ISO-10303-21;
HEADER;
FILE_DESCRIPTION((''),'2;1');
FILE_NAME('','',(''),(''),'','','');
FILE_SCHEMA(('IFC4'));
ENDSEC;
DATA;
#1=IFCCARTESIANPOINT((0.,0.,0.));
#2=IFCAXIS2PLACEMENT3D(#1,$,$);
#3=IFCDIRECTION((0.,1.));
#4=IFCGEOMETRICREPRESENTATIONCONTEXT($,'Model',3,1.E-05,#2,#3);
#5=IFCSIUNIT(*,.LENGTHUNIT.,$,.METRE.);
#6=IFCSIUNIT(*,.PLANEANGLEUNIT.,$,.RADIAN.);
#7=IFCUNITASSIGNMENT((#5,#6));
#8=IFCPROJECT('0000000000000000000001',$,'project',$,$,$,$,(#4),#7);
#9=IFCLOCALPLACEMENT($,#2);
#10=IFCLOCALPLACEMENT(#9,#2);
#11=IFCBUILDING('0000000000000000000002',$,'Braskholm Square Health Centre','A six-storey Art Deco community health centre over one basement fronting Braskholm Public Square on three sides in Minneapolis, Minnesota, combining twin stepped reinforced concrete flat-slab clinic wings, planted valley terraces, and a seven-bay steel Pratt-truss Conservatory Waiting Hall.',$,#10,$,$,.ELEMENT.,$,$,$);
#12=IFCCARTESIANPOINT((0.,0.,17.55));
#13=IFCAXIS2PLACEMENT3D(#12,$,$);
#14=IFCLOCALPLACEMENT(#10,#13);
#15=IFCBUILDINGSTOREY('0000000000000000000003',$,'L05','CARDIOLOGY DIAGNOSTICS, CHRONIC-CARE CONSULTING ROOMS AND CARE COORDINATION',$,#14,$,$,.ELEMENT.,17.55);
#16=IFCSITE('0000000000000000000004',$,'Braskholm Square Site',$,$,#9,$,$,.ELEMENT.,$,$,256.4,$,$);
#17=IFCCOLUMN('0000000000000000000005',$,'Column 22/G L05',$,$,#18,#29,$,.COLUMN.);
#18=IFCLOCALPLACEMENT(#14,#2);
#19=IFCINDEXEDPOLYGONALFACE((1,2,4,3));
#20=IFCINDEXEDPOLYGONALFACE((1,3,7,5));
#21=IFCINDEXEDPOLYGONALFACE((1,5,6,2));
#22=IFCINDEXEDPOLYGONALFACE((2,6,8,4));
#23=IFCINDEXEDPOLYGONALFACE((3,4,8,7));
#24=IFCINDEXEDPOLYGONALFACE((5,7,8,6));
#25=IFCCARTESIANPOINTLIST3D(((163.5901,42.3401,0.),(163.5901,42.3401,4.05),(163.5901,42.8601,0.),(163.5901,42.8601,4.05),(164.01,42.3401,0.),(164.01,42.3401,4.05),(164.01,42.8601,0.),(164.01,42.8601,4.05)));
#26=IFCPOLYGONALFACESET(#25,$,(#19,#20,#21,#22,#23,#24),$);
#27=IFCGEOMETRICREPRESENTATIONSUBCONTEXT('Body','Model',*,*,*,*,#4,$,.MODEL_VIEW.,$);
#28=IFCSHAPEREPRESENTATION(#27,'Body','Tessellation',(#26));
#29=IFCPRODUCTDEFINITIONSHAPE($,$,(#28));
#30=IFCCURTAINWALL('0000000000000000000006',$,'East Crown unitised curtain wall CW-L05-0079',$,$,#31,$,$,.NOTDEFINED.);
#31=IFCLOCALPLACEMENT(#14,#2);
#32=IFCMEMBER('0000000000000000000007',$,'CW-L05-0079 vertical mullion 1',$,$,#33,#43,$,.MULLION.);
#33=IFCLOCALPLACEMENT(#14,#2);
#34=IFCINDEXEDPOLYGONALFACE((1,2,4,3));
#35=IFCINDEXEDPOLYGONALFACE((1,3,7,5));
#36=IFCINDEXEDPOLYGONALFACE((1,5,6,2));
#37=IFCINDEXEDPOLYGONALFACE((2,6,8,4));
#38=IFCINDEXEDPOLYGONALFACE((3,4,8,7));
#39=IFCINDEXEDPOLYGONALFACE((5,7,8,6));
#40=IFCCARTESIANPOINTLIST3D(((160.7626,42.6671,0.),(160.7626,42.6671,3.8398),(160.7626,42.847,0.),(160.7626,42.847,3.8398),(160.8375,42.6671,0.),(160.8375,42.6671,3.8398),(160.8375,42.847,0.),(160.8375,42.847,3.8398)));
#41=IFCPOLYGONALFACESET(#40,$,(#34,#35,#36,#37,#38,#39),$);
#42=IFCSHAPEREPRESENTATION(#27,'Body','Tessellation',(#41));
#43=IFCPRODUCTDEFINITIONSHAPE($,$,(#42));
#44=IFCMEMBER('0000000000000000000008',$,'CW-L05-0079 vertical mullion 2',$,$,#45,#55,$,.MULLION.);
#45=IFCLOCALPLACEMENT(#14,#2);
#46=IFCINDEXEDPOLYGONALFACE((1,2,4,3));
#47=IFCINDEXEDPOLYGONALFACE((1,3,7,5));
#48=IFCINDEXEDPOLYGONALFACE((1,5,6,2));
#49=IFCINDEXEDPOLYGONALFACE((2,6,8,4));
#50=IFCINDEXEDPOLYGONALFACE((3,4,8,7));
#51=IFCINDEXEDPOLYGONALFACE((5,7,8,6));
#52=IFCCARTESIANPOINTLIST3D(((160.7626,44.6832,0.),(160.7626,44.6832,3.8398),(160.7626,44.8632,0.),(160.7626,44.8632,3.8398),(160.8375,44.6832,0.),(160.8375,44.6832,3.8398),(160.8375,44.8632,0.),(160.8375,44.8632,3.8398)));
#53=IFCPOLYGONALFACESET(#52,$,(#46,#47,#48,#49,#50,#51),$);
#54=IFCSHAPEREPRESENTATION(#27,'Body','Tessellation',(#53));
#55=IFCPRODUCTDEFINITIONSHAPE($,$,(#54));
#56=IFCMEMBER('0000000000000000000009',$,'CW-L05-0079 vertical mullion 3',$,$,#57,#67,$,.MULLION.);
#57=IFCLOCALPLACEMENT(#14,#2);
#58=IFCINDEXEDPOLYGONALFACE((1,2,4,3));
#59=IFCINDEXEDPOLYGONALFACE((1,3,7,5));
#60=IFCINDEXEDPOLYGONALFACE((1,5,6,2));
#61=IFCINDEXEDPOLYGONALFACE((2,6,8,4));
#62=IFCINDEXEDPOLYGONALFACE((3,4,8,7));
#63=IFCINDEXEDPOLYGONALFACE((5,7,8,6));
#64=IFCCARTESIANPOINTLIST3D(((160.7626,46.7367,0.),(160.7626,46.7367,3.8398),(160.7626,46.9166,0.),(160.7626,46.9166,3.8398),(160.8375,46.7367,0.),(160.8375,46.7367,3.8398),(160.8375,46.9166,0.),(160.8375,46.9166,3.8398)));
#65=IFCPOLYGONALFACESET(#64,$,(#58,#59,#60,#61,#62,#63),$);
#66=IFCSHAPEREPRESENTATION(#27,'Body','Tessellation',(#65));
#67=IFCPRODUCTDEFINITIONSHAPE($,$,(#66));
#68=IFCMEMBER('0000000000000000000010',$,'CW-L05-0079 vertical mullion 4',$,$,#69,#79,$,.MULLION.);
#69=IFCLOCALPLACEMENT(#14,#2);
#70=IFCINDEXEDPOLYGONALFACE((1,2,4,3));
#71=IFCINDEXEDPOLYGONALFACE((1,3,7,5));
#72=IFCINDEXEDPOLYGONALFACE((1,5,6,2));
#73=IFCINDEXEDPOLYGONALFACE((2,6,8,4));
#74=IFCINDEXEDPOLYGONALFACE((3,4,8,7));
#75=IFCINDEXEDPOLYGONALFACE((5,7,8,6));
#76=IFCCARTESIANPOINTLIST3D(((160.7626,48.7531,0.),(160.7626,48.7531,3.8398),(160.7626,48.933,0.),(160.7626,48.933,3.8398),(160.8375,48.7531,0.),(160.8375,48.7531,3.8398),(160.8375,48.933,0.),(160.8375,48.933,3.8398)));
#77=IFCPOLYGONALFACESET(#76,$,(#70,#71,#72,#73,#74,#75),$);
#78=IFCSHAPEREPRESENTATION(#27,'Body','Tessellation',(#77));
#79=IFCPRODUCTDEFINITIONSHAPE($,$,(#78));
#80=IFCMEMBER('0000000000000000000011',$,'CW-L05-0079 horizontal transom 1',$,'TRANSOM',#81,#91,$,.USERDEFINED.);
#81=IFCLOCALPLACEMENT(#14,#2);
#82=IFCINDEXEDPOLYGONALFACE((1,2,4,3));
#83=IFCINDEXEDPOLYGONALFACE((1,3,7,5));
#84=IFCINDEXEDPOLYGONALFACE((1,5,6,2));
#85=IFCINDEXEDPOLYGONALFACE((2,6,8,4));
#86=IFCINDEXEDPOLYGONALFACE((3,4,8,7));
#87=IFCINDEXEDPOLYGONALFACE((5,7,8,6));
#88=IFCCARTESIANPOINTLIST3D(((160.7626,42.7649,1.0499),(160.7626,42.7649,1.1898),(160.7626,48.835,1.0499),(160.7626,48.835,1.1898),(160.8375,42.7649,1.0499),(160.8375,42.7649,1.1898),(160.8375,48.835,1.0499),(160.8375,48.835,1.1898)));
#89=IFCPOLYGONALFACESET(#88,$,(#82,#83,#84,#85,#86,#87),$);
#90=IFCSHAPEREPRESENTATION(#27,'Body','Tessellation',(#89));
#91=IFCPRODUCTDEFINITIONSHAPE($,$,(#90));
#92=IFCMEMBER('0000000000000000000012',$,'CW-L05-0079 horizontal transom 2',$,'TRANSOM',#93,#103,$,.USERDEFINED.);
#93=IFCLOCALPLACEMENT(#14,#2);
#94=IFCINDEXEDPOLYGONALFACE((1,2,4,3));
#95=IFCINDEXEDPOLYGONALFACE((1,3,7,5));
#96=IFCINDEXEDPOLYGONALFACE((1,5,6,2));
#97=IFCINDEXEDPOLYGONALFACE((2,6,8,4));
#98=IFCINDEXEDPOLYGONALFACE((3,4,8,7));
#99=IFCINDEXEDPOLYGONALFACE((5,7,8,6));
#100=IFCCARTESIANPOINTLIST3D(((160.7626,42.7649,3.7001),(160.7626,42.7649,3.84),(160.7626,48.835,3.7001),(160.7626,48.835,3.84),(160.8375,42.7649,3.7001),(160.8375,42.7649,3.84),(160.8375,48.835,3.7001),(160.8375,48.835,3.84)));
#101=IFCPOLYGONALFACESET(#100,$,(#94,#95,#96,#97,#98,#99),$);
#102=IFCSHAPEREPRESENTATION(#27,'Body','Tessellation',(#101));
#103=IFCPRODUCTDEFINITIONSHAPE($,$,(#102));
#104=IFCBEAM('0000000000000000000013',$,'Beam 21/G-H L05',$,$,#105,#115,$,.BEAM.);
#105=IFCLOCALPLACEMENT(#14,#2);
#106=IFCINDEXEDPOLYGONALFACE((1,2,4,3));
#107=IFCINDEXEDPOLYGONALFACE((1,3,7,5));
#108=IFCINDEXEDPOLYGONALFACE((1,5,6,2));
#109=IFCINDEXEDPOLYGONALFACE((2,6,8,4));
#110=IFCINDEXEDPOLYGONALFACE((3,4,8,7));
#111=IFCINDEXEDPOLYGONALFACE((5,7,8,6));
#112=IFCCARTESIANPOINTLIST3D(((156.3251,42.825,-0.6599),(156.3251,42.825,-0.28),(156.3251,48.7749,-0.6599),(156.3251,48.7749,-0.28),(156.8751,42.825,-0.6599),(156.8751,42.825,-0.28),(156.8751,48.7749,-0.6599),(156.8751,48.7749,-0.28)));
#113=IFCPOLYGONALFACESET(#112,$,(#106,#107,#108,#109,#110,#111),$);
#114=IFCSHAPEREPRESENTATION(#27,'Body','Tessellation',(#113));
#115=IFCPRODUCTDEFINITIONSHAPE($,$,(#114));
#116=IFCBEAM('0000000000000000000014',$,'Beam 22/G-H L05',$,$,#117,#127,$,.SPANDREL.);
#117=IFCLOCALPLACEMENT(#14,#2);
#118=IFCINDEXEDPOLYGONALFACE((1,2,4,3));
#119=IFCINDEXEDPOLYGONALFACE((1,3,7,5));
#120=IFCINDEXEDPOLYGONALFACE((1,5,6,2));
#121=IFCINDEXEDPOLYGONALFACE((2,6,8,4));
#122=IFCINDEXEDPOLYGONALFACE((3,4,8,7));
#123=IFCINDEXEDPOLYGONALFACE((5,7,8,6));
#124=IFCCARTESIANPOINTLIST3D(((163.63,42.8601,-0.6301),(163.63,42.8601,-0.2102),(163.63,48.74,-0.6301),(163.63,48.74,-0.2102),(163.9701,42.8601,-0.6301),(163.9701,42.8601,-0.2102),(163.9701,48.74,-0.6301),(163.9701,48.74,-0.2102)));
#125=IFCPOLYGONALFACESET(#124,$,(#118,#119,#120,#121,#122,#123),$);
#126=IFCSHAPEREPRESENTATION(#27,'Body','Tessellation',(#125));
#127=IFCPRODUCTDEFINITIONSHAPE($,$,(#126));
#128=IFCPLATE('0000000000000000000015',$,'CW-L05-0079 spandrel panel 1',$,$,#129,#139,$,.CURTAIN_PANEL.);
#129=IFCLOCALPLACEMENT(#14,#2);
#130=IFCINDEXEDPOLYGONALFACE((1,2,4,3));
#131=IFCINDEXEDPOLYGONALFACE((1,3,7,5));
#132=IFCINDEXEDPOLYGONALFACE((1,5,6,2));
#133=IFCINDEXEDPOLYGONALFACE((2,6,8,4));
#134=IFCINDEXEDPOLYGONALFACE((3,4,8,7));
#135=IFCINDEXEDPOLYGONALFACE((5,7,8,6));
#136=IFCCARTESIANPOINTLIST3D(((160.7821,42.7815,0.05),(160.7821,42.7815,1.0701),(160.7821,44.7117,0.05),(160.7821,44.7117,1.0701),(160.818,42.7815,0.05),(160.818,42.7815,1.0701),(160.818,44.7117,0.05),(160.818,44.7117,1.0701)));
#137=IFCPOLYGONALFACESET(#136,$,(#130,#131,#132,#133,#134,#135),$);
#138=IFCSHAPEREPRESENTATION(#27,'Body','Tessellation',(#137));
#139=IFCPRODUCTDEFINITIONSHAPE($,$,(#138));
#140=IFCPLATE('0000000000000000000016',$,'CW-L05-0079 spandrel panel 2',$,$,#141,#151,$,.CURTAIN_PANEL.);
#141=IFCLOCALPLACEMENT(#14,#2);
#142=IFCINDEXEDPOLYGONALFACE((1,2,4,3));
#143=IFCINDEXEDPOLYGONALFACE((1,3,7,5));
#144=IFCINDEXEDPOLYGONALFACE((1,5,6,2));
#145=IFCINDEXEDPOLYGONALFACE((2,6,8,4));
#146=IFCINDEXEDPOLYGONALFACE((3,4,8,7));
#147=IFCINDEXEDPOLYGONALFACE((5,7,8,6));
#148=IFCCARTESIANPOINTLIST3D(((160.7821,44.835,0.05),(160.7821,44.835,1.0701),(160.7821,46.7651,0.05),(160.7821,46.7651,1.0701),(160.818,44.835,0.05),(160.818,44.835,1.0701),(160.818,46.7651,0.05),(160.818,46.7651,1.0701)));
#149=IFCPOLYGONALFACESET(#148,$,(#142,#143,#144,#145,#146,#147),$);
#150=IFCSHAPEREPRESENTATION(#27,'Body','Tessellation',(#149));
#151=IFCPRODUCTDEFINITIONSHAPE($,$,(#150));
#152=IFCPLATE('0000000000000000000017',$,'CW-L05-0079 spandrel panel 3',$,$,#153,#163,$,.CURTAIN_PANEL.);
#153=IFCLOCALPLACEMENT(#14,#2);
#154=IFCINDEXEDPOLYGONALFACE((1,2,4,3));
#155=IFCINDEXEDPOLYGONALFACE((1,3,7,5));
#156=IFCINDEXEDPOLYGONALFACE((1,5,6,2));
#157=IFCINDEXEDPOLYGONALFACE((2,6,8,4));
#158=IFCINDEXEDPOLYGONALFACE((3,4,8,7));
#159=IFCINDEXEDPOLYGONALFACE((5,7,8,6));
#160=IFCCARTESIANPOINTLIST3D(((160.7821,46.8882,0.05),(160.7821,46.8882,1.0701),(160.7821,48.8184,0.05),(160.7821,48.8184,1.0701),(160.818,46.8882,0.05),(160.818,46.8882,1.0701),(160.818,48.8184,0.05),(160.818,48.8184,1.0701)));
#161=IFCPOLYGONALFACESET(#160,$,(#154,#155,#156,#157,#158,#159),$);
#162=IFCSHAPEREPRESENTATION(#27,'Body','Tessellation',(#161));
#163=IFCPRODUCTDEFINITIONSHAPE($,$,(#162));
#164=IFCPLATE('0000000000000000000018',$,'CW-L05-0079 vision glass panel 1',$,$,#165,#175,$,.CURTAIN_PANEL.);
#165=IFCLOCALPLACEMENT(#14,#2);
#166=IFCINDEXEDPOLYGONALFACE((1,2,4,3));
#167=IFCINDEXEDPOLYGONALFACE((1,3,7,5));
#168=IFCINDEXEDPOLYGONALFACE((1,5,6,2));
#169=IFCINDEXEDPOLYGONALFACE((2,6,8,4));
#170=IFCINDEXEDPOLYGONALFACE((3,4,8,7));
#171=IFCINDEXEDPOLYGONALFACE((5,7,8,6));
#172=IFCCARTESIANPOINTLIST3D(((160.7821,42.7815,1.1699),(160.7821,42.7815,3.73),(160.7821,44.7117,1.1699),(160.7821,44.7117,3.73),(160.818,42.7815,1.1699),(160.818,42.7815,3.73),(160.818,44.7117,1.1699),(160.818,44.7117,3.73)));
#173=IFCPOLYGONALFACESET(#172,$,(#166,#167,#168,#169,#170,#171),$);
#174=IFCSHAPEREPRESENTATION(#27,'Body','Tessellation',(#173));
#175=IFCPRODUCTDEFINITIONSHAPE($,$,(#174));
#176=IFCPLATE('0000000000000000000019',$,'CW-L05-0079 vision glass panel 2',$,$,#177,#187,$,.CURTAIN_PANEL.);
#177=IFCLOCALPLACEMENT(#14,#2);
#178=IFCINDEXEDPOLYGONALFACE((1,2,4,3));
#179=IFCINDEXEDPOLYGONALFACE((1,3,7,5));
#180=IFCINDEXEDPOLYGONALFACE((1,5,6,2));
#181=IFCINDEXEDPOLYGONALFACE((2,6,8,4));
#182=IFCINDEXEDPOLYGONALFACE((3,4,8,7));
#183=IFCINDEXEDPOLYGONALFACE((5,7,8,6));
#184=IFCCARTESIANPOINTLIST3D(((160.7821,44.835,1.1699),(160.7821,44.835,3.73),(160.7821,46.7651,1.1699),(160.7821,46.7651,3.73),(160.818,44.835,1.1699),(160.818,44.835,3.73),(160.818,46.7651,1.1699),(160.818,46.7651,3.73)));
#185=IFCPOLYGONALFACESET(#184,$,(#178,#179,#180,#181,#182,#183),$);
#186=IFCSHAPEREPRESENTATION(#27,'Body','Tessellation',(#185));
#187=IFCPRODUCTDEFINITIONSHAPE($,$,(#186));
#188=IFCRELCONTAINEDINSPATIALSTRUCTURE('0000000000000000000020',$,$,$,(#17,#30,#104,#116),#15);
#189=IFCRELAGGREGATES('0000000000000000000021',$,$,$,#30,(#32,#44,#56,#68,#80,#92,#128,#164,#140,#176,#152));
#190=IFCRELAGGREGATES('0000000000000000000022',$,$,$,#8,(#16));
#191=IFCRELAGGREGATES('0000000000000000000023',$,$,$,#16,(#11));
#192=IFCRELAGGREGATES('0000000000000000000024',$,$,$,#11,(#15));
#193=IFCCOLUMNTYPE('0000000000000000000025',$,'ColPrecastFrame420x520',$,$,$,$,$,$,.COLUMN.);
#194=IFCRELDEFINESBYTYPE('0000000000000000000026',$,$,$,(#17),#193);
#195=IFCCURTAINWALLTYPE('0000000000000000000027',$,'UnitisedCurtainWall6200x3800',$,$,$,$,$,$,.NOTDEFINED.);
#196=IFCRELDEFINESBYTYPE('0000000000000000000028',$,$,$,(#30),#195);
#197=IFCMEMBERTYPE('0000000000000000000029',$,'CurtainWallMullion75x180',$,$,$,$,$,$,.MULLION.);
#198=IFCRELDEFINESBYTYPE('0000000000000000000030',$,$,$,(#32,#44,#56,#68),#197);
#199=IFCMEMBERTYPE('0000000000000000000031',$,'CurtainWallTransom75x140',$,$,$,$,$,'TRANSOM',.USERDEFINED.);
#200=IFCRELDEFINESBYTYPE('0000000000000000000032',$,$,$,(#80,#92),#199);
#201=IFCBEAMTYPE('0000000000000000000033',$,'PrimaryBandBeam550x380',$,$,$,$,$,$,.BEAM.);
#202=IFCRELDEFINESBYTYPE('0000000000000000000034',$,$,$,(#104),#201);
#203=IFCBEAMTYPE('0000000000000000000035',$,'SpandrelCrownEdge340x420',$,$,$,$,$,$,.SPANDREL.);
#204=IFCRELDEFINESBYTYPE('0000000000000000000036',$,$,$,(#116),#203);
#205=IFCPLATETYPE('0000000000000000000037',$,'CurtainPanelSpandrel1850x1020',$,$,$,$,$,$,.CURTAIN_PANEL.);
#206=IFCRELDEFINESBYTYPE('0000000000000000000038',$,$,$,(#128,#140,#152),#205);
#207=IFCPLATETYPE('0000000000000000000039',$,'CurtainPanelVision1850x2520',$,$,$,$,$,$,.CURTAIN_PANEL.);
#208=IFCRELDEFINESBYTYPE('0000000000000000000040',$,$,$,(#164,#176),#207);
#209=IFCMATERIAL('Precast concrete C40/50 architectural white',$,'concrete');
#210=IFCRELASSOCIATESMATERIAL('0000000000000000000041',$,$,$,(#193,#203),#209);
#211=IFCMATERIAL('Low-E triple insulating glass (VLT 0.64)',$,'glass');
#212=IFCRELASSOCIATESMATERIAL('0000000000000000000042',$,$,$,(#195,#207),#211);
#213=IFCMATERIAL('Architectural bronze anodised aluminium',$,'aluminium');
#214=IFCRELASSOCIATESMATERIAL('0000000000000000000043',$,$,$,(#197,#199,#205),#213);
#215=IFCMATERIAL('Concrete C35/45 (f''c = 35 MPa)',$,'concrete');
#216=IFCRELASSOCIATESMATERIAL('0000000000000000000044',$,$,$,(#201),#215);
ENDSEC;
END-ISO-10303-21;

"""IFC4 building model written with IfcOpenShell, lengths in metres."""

from ifc_helpers import new_model, si_unit, direction, frame, origin, origin_2d, place, context, subcontext, project, spatial, rectangle, extrude, material, material_profile, profile_set, type_object, element, aggregate, save


model = new_model("IFC4")

# Units and contexts
model_context = context("Model", 3, precision=1e-05, world=origin(), true_north=direction((0.0, 1.0)))
body_context = subcontext(model_context, "Body", "Model", "MODEL_VIEW")
ifc_project = project(units=[si_unit("LENGTHUNIT", "METRE"), si_unit("PLANEANGLEUNIT", "RADIAN")], contexts=[model_context])

# Site, building, storey
site_placement = place(None, origin())
site = spatial("IfcSite", under=ifc_project, at=site_placement, Name="Braskholm Square Site", CompositionType="ELEMENT", RefElevation=256.4)
building_placement = place(site_placement, origin())
building = spatial("IfcBuilding", under=site, at=building_placement, Name="Braskholm Square Health Centre", Description="A six-storey Art Deco community health centre over one basement fronting Braskholm Public Square on three sides in Minneapolis, Minnesota, combining twin stepped reinforced concrete flat-slab clinic wings, planted valley terraces, and a seven-bay steel Pratt-truss Conservatory Waiting Hall.", CompositionType="ELEMENT")
storey_placement = place(building_placement, frame((0.0, 0.0, 17.55)))
storey = spatial("IfcBuildingStorey", under=building, at=storey_placement, Name="L05", Description="CARDIOLOGY DIAGNOSTICS, CHRONIC-CARE CONSULTING ROOMS AND CARE COORDINATION", CompositionType="ELEMENT", Elevation=17.55)

# Column
ifc_material_1 = material(Name="Precast concrete C40/50 architectural white", Category="concrete")
ifc_material_profile_1 = material_profile(ifc_material_1, rectangle(XDim=0.4199, YDim=0.52, at=origin_2d()), Name="RC-420X520")
ifc_profile_set_1 = profile_set([ifc_material_profile_1], Name="Precast concrete C40/50 architectural white")
column_type = type_object("IfcColumnType", Name="ColPrecastFrame420x520", PredefinedType="COLUMN", material=ifc_profile_set_1)
column_placement = place(storey_placement, frame((163.8, 42.6001, 0.0), z_axis=(0.0, 0.0, 1.0), x_axis=(1.0, 0.0, 0.0)))
element("IfcColumn", 1, at=column_placement, inside=storey, type_object=column_type, Name="Column 22/G L05", PredefinedType="COLUMN", context=body_context, shape_type="SweptSolid", body=[
    extrude(rectangle(XDim=0.4199, YDim=0.52, at=origin_2d()), origin(), (0.0, 0.0, 1.0), 4.05),
])

# Curtain wall, members
ifc_material_2 = material(Name="Low-E triple insulating glass (VLT 0.64)", Category="glass")
curtain_wall_type = type_object("IfcCurtainWallType", Name="UnitisedCurtainWall6200x3800", PredefinedType="NOTDEFINED", material=ifc_material_2)
curtain_wall_placement = place(storey_placement, origin())
curtain_wall = element("IfcCurtainWall", 2, at=curtain_wall_placement, inside=storey, type_object=curtain_wall_type, Name="East Crown unitised curtain wall CW-L05-0079", PredefinedType="NOTDEFINED")
ifc_material_3 = material(Name="Architectural bronze anodised aluminium", Category="aluminium")
ifc_material_profile_2 = material_profile(ifc_material_3, rectangle(XDim=0.075, YDim=0.1799, at=origin_2d()), Name="ALU-75X180")
ifc_profile_set_2 = profile_set([ifc_material_profile_2], Name="Architectural bronze anodised aluminium")
member_type_1 = type_object("IfcMemberType", Name="CurtainWallMullion75x180", PredefinedType="MULLION", material=ifc_profile_set_2)
member_1_placement = place(storey_placement, frame((160.8, 42.7571, 0.0), z_axis=(0.0, 0.0, 1.0), x_axis=(1.0, 0.0, 0.0)))
member_1 = element("IfcMember", 3, at=member_1_placement, type_object=member_type_1, Name="CW-L05-0079 vertical mullion 1", PredefinedType="MULLION", context=body_context, shape_type="SweptSolid", body=[
    extrude(rectangle(XDim=0.075, YDim=0.1799, at=origin_2d()), origin(), (0.0, 0.0, 1.0), 3.8398),
])
member_2_placement = place(storey_placement, frame((160.8, 44.7732, 0.0), z_axis=(0.0, 0.0, 1.0), x_axis=(1.0, 0.0, 0.0)))
member_2 = element("IfcMember", 4, at=member_2_placement, type_object=member_type_1, Name="CW-L05-0079 vertical mullion 2", PredefinedType="MULLION", context=body_context, shape_type="SweptSolid", body=[
    extrude(rectangle(XDim=0.075, YDim=0.1799, at=origin_2d()), origin(), (0.0, 0.0, 1.0), 3.8398),
])
member_3_placement = place(storey_placement, frame((160.8, 46.8267, 0.0), z_axis=(0.0, 0.0, 1.0), x_axis=(1.0, 0.0, 0.0)))
member_3 = element("IfcMember", 5, at=member_3_placement, type_object=member_type_1, Name="CW-L05-0079 vertical mullion 3", PredefinedType="MULLION", context=body_context, shape_type="SweptSolid", body=[
    extrude(rectangle(XDim=0.075, YDim=0.1799, at=origin_2d()), origin(), (0.0, 0.0, 1.0), 3.8398),
])
member_4_placement = place(storey_placement, frame((160.8, 48.843, 0.0), z_axis=(0.0, 0.0, 1.0), x_axis=(1.0, 0.0, 0.0)))
member_4 = element("IfcMember", 6, at=member_4_placement, type_object=member_type_1, Name="CW-L05-0079 vertical mullion 4", PredefinedType="MULLION", context=body_context, shape_type="SweptSolid", body=[
    extrude(rectangle(XDim=0.075, YDim=0.1799, at=origin_2d()), origin(), (0.0, 0.0, 1.0), 3.8398),
])
ifc_material_profile_3 = material_profile(ifc_material_3, rectangle(XDim=0.075, YDim=0.1399, at=origin_2d()), Name="ALU-75X140")
ifc_profile_set_3 = profile_set([ifc_material_profile_3], Name="Architectural bronze anodised aluminium")
member_type_2 = type_object("IfcMemberType", Name="CurtainWallTransom75x140", ElementType="TRANSOM", PredefinedType="USERDEFINED", material=ifc_profile_set_3)
member_5_placement = place(storey_placement, frame((160.8, 42.7649, 1.1199), z_axis=(0.0, 1.0, 0.0), x_axis=(-1.0, 0.0, 0.0)))
member_5 = element("IfcMember", 7, at=member_5_placement, type_object=member_type_2, Name="CW-L05-0079 horizontal transom 1", ObjectType="TRANSOM", PredefinedType="USERDEFINED", context=body_context, shape_type="SweptSolid", body=[
    extrude(rectangle(XDim=0.075, YDim=0.1399, at=origin_2d()), origin(), (0.0, 0.0, 1.0), 6.0701),
])
member_6_placement = place(storey_placement, frame((160.8, 42.7649, 3.77), z_axis=(0.0, 1.0, 0.0), x_axis=(-1.0, 0.0, 0.0)))
member_6 = element("IfcMember", 8, at=member_6_placement, type_object=member_type_2, Name="CW-L05-0079 horizontal transom 2", ObjectType="TRANSOM", PredefinedType="USERDEFINED", context=body_context, shape_type="SweptSolid", body=[
    extrude(rectangle(XDim=0.075, YDim=0.1399, at=origin_2d()), origin(), (0.0, 0.0, 1.0), 6.0701),
])

# Beams
ifc_material_4 = material(Name="Concrete C35/45 (f'c = 35 MPa)", Category="concrete")
ifc_material_profile_4 = material_profile(ifc_material_4, rectangle(XDim=0.55, YDim=0.3799, at=origin_2d()), Name="RCB-550X380")
ifc_profile_set_4 = profile_set([ifc_material_profile_4], Name="Concrete C35/45 (f'c = 35 MPa)")
beam_type_1 = type_object("IfcBeamType", Name="PrimaryBandBeam550x380", PredefinedType="BEAM", material=ifc_profile_set_4)
beam_1_placement = place(storey_placement, frame((156.6001, 42.825, -0.47), z_axis=(0.0, 1.0, 0.0), x_axis=(-1.0, 0.0, 0.0)))
element("IfcBeam", 9, at=beam_1_placement, inside=storey, type_object=beam_type_1, Name="Beam 21/G-H L05", PredefinedType="BEAM", context=body_context, shape_type="SweptSolid", body=[
    extrude(rectangle(XDim=0.55, YDim=0.3799, at=origin_2d()), origin(), (0.0, 0.0, 1.0), 5.95),
])
ifc_material_profile_5 = material_profile(ifc_material_1, rectangle(XDim=0.3401, YDim=0.4199, at=origin_2d()), Name="RCB-340X420")
ifc_profile_set_5 = profile_set([ifc_material_profile_5], Name="Precast concrete C40/50 architectural white")
beam_type_2 = type_object("IfcBeamType", Name="SpandrelCrownEdge340x420", PredefinedType="SPANDREL", material=ifc_profile_set_5)
beam_2_placement = place(storey_placement, frame((163.8, 42.8601, -0.4202), z_axis=(0.0, 1.0, 0.0), x_axis=(-1.0, 0.0, 0.0)))
element("IfcBeam", 10, at=beam_2_placement, inside=storey, type_object=beam_type_2, Name="Beam 22/G-H L05", PredefinedType="SPANDREL", context=body_context, shape_type="SweptSolid", body=[
    extrude(rectangle(XDim=0.3401, YDim=0.4199, at=origin_2d()), origin(), (0.0, 0.0, 1.0), 5.8799),
])

# Plates
plate_type_1 = type_object("IfcPlateType", Name="CurtainPanelSpandrel1850x1020", PredefinedType="CURTAIN_PANEL", material=ifc_material_3)
plate_1_placement = place(storey_placement, frame((160.8, 43.7466, 0.05), z_axis=(0.0, 0.0, 1.0), x_axis=(0.0, 1.0, 0.0)))
plate_1 = element("IfcPlate", 11, at=plate_1_placement, type_object=plate_type_1, Name="CW-L05-0079 spandrel panel 1", PredefinedType="CURTAIN_PANEL", context=body_context, shape_type="SweptSolid", body=[
    extrude(rectangle(XDim=1.9302, YDim=0.0359, at=origin_2d()), origin(), (0.0, 0.0, 1.0), 1.02),
])
plate_2_placement = place(storey_placement, frame((160.8, 45.8, 0.05), z_axis=(0.0, 0.0, 1.0), x_axis=(0.0, 1.0, 0.0)))
plate_2 = element("IfcPlate", 12, at=plate_2_placement, type_object=plate_type_1, Name="CW-L05-0079 spandrel panel 2", PredefinedType="CURTAIN_PANEL", context=body_context, shape_type="SweptSolid", body=[
    extrude(rectangle(XDim=1.9302, YDim=0.0359, at=origin_2d()), origin(), (0.0, 0.0, 1.0), 1.02),
])
plate_3_placement = place(storey_placement, frame((160.8, 47.8533, 0.05), z_axis=(0.0, 0.0, 1.0), x_axis=(0.0, 1.0, 0.0)))
plate_3 = element("IfcPlate", 13, at=plate_3_placement, type_object=plate_type_1, Name="CW-L05-0079 spandrel panel 3", PredefinedType="CURTAIN_PANEL", context=body_context, shape_type="SweptSolid", body=[
    extrude(rectangle(XDim=1.9302, YDim=0.0359, at=origin_2d()), origin(), (0.0, 0.0, 1.0), 1.02),
])
plate_type_2 = type_object("IfcPlateType", Name="CurtainPanelVision1850x2520", PredefinedType="CURTAIN_PANEL", material=ifc_material_2)
plate_4_placement = place(storey_placement, frame((160.8, 43.7466, 1.1699), z_axis=(0.0, 0.0, 1.0), x_axis=(0.0, 1.0, 0.0)))
plate_4 = element("IfcPlate", 14, at=plate_4_placement, type_object=plate_type_2, Name="CW-L05-0079 vision glass panel 1", PredefinedType="CURTAIN_PANEL", context=body_context, shape_type="SweptSolid", body=[
    extrude(rectangle(XDim=1.9302, YDim=0.0359, at=origin_2d()), origin(), (0.0, 0.0, 1.0), 2.5601),
])
plate_5_placement = place(storey_placement, frame((160.8, 45.8, 1.1699), z_axis=(0.0, 0.0, 1.0), x_axis=(0.0, 1.0, 0.0)))
plate_5 = element("IfcPlate", 15, at=plate_5_placement, type_object=plate_type_2, Name="CW-L05-0079 vision glass panel 2", PredefinedType="CURTAIN_PANEL", context=body_context, shape_type="SweptSolid", body=[
    extrude(rectangle(XDim=1.9302, YDim=0.0359, at=origin_2d()), origin(), (0.0, 0.0, 1.0), 2.5601),
])
aggregate(curtain_wall, [member_1, member_2, member_3, member_4, member_5, member_6, plate_1, plate_4, plate_2, plate_5, plate_3])

save(model, "model.ifc")
